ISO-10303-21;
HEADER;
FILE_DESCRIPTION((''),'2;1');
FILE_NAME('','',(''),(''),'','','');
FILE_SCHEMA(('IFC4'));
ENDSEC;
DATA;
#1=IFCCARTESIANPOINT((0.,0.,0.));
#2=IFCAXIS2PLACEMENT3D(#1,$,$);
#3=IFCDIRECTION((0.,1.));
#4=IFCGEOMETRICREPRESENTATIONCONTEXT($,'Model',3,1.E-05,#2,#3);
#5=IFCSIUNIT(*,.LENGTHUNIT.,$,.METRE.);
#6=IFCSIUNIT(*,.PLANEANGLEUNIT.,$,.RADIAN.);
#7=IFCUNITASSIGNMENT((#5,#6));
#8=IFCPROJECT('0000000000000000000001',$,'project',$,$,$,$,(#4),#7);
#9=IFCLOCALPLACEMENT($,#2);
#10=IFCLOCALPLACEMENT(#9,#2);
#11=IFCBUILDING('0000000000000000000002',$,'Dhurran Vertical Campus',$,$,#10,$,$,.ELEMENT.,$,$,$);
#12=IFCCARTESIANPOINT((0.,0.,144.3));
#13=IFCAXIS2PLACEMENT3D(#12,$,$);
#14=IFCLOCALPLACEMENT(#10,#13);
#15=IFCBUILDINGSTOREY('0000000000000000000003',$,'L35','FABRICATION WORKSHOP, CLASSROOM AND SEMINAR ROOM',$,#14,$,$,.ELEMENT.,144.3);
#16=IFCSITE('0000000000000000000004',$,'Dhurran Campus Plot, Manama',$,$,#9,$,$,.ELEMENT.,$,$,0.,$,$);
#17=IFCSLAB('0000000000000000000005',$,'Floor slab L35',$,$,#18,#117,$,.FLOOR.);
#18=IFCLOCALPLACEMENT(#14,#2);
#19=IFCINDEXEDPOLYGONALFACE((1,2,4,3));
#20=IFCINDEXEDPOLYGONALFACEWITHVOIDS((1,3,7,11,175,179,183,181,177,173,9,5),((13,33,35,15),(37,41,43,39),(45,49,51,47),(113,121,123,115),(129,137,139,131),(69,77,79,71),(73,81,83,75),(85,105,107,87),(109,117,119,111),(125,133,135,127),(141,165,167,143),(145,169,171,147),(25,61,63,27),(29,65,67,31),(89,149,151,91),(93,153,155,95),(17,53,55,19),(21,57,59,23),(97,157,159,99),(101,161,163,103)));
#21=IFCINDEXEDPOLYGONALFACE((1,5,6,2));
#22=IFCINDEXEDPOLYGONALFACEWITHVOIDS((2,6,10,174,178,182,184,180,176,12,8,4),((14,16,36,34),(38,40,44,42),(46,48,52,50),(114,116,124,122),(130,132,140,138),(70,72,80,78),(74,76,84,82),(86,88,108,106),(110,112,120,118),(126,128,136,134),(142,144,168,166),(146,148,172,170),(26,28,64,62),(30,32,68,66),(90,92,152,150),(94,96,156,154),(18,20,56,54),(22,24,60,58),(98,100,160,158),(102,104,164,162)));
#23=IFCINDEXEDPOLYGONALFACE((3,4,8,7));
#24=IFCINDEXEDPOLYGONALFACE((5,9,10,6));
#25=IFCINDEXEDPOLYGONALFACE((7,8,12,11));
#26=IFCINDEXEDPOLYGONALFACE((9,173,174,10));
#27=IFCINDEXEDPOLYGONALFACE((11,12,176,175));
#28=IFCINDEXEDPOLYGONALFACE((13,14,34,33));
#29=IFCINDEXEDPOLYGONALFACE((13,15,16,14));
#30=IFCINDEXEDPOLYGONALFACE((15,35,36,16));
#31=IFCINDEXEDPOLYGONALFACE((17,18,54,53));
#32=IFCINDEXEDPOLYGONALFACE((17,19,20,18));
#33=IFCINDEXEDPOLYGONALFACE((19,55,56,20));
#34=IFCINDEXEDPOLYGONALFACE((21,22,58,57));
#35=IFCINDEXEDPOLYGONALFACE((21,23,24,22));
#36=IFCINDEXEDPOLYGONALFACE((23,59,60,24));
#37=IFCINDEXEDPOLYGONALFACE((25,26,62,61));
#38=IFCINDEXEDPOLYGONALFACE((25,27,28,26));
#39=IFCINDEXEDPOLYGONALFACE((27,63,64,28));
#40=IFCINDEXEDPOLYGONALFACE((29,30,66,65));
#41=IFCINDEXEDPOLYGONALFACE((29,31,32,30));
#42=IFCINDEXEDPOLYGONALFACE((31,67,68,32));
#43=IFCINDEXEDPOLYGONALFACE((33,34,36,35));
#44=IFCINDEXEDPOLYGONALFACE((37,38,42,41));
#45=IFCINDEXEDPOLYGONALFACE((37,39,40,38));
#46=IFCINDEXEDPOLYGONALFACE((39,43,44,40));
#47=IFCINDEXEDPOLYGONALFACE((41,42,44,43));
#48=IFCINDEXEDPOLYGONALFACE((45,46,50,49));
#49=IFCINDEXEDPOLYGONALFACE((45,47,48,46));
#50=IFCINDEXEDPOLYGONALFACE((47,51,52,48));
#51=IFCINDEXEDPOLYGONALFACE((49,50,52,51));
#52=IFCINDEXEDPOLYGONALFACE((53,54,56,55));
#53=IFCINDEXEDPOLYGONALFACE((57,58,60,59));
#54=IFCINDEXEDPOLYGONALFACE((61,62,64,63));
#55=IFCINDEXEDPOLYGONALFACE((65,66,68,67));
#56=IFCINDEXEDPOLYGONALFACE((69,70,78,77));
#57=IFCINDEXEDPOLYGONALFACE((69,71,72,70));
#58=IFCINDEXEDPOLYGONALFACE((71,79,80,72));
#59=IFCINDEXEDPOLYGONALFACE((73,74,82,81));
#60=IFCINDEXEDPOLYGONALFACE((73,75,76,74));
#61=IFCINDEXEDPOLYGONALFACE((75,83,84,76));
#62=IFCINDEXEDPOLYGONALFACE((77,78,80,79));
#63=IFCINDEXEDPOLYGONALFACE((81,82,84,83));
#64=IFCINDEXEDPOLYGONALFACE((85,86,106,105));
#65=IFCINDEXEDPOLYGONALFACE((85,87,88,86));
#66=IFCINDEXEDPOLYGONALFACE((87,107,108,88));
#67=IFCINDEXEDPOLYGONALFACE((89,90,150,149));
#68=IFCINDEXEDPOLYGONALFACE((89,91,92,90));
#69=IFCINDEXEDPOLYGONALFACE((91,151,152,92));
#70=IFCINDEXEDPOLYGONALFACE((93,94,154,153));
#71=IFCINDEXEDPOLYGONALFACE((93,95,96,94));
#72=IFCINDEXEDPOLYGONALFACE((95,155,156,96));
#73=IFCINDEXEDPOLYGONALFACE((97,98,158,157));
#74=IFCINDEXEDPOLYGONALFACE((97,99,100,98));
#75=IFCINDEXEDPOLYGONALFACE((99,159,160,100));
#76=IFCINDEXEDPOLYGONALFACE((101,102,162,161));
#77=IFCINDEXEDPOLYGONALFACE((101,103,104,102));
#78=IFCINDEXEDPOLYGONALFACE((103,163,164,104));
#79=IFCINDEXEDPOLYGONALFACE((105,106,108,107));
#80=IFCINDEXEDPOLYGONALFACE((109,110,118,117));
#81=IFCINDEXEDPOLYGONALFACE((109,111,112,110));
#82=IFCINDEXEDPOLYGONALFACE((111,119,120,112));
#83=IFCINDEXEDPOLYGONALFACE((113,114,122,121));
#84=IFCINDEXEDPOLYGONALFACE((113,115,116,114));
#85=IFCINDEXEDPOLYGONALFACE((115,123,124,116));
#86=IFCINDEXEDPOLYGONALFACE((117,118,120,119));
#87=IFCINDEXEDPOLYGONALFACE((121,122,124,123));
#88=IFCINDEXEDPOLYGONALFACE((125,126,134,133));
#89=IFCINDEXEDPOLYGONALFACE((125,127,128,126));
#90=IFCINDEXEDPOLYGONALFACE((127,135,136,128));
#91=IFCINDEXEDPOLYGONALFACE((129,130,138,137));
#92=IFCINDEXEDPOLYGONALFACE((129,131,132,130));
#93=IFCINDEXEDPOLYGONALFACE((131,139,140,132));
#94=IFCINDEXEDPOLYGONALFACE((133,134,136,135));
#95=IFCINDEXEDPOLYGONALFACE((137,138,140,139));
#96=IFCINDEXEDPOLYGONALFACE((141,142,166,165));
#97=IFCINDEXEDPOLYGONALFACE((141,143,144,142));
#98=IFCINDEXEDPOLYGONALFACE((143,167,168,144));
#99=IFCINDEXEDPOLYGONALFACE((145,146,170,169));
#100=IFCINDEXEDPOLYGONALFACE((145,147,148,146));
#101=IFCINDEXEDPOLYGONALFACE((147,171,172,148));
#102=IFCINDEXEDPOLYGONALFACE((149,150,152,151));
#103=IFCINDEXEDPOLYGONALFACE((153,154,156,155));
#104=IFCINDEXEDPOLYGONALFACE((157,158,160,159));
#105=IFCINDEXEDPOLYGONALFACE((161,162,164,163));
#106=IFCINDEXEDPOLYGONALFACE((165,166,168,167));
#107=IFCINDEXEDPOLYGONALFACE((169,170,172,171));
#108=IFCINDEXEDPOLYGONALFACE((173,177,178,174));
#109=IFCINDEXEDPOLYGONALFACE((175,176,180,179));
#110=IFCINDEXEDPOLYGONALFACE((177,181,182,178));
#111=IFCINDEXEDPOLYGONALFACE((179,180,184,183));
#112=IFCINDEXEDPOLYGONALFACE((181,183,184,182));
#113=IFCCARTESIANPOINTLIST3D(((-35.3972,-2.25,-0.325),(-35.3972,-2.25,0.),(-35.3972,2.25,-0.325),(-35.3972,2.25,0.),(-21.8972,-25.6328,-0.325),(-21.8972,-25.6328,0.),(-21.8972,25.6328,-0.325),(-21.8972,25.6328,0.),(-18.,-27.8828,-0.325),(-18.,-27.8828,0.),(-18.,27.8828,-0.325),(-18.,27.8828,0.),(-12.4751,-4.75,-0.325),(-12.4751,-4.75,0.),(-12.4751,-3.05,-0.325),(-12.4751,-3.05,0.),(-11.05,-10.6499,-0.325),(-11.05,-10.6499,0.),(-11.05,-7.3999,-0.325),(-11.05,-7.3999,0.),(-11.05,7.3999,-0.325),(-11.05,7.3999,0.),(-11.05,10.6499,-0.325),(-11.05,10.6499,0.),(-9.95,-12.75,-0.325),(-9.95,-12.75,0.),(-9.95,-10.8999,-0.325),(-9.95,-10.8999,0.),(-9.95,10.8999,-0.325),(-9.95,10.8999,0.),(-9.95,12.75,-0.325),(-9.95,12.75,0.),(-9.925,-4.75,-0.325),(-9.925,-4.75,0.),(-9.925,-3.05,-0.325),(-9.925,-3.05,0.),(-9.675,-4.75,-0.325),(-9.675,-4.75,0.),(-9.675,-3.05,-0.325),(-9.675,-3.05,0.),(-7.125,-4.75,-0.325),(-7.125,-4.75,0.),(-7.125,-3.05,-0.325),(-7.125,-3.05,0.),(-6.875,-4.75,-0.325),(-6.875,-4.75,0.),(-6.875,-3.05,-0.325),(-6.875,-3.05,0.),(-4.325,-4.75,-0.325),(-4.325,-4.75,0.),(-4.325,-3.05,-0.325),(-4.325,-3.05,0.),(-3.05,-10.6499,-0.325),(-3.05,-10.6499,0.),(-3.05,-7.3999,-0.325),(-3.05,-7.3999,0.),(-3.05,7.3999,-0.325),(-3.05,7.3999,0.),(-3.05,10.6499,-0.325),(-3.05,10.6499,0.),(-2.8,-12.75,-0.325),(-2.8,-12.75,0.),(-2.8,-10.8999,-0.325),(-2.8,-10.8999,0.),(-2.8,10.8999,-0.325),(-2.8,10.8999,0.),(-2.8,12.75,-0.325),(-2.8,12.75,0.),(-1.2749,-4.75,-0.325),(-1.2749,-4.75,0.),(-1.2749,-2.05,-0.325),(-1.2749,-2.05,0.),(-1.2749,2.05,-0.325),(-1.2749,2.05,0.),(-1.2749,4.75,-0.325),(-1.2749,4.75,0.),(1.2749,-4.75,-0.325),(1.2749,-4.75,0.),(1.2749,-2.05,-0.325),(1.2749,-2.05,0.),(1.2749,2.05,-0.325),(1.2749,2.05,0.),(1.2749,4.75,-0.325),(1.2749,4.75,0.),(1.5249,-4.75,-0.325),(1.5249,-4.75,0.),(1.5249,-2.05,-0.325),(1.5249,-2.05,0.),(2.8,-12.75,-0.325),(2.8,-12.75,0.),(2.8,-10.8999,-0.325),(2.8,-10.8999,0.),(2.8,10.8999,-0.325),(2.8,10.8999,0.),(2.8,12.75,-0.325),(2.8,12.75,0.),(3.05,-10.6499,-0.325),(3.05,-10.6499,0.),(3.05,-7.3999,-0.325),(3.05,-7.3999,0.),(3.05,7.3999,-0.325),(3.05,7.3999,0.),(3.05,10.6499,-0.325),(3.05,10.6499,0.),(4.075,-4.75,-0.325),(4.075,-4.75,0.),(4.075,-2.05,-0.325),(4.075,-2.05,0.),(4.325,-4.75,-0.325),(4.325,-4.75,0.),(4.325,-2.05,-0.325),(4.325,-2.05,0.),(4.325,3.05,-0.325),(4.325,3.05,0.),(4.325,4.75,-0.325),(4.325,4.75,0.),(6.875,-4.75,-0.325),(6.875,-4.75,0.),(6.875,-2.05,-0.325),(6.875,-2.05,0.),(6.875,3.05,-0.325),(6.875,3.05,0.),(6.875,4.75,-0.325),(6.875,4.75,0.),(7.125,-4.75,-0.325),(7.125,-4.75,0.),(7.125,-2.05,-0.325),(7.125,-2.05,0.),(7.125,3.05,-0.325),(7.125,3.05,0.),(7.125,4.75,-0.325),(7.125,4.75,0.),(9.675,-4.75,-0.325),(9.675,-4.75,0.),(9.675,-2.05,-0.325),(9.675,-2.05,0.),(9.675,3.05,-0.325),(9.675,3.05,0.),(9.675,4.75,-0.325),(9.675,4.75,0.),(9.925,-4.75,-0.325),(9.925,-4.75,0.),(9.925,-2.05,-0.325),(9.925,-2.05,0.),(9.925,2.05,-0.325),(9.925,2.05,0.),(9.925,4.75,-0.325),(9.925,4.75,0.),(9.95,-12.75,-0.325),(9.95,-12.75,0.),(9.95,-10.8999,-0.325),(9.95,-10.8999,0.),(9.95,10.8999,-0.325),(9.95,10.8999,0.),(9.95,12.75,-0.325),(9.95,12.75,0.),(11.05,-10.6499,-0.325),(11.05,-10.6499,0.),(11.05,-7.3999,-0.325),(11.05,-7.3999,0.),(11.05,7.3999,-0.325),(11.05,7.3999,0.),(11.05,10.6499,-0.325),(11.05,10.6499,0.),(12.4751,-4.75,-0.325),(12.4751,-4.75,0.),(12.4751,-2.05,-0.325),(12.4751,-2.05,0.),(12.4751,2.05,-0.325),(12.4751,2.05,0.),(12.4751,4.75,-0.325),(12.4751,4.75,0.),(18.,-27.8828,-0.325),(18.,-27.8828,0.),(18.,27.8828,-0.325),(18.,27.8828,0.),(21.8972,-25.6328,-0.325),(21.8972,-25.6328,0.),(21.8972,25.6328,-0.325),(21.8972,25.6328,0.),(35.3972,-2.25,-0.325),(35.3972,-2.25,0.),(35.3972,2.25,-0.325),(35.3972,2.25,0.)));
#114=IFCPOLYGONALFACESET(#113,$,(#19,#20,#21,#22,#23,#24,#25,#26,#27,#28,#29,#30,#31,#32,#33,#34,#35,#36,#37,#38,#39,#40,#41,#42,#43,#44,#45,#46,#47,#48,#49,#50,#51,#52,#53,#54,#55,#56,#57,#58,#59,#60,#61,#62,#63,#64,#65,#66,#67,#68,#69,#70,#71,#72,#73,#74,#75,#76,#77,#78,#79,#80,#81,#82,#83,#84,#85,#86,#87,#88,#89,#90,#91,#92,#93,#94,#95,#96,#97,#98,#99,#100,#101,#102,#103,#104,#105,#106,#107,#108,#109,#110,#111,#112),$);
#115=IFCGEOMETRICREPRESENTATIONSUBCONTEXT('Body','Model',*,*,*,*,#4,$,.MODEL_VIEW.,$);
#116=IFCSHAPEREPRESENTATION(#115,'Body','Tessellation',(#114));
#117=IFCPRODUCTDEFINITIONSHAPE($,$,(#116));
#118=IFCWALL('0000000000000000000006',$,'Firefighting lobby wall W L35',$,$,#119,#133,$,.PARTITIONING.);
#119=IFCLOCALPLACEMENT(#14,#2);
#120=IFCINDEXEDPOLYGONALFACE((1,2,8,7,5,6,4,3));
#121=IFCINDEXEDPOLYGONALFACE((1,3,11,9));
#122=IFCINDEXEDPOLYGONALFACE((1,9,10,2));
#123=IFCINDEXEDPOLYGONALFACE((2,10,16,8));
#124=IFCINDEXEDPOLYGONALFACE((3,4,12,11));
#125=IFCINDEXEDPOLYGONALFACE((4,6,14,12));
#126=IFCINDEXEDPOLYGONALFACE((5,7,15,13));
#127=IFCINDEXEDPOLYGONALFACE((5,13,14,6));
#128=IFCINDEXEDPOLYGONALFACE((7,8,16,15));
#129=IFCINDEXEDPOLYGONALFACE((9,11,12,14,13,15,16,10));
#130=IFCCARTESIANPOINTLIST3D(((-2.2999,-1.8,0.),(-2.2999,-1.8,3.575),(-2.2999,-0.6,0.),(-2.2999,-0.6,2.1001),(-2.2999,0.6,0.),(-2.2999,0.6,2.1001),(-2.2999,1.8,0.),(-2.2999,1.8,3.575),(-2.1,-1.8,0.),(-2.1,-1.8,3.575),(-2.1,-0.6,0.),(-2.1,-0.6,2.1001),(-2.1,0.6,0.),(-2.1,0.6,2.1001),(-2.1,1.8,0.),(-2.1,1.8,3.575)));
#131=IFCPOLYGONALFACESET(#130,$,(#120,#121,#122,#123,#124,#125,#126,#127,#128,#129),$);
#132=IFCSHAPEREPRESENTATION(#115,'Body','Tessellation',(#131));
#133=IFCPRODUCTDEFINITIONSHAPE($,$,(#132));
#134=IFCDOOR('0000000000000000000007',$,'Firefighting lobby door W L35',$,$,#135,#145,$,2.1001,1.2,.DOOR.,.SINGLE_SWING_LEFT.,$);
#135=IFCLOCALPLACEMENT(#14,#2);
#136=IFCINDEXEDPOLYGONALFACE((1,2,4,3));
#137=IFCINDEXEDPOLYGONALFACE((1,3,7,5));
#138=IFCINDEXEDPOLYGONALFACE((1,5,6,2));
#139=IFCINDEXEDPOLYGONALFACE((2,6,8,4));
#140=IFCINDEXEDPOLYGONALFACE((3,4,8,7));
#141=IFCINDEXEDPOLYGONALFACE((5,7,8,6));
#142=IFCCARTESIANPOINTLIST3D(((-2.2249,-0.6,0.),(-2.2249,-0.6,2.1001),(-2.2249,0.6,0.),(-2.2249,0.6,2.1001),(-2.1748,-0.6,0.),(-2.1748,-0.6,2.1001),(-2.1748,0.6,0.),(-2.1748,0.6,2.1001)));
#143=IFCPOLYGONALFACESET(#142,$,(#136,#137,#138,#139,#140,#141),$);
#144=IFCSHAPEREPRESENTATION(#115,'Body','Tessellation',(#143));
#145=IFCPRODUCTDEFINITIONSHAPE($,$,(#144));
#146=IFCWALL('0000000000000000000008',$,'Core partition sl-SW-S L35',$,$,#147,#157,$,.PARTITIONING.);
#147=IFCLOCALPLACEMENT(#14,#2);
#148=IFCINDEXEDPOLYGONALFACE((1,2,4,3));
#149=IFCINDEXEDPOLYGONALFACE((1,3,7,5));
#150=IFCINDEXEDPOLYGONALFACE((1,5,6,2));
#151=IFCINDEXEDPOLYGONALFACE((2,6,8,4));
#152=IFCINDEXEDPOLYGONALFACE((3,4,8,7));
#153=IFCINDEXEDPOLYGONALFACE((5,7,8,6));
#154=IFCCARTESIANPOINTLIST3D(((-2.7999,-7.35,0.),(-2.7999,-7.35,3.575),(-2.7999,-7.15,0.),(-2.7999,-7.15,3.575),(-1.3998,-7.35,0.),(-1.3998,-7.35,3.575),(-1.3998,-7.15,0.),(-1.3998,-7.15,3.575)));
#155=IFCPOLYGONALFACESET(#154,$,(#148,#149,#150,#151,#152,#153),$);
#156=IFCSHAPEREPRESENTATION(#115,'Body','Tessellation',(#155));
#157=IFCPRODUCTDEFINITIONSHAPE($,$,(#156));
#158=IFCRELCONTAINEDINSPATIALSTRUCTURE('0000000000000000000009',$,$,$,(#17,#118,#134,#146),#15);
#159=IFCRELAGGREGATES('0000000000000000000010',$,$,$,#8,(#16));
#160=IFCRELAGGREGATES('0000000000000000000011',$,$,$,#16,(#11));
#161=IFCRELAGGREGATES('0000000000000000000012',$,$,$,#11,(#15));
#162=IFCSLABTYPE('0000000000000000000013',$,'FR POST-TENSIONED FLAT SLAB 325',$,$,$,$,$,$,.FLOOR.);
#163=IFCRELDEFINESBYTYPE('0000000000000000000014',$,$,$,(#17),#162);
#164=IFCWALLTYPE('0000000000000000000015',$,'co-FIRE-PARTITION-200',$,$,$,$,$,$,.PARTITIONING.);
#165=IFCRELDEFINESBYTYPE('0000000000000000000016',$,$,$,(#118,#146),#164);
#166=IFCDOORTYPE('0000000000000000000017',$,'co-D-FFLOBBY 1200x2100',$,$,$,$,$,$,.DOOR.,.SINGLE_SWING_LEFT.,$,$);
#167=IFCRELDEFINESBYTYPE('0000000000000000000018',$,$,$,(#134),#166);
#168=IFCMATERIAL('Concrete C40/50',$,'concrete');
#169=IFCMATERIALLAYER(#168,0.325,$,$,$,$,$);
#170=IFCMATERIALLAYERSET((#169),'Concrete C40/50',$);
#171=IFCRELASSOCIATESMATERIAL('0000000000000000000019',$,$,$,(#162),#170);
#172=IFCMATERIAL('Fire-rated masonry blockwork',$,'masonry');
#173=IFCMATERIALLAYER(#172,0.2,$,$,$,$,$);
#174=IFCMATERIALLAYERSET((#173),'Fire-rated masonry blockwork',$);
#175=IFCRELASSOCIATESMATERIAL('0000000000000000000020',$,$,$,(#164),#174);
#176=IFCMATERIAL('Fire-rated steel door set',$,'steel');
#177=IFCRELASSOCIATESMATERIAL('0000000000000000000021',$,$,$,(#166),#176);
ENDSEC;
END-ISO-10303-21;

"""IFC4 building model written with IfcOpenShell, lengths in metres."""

from ifc_helpers import new_model, si_unit, direction, frame, frame_2d, origin, place, context, subcontext, project, spatial, polyline, rectangle, outline, extrude, material, layer, layer_set, type_object, element, fill, save


model = new_model("IFC4")

# Units and contexts
model_context = context("Model", 3, precision=1e-05, world=origin(), true_north=direction((0.0, 1.0)))
body_context = subcontext(model_context, "Body", "Model", "MODEL_VIEW")
ifc_project = project(units=[si_unit("LENGTHUNIT", "METRE"), si_unit("PLANEANGLEUNIT", "RADIAN")], contexts=[model_context])

# Site, building, storey
site_placement = place(None, origin())
site = spatial("IfcSite", under=ifc_project, at=site_placement, Name="Dhurran Campus Plot, Manama", CompositionType="ELEMENT", RefElevation=0.0)
building_placement = place(site_placement, origin())
building = spatial("IfcBuilding", under=site, at=building_placement, Name="Dhurran Vertical Campus", CompositionType="ELEMENT")
storey_placement = place(building_placement, frame((0.0, 0.0, 144.3)))
storey = spatial("IfcBuildingStorey", under=building, at=storey_placement, Name="L35", Description="FABRICATION WORKSHOP, CLASSROOM AND SEMINAR ROOM", CompositionType="ELEMENT", Elevation=144.3)

# Slab
ifc_material_1 = material(Name="Concrete C40/50", Category="concrete")
ifc_layer_1 = layer(ifc_material_1, 0.325)
ifc_layer_set_1 = layer_set([ifc_layer_1], Name="Concrete C40/50")
slab_type = type_object("IfcSlabType", Name="FR POST-TENSIONED FLAT SLAB 325", PredefinedType="FLOOR", material=ifc_layer_set_1)
slab_placement = place(storey_placement, frame((0.0, 0.0, -0.325)))
element("IfcSlab", 1, at=slab_placement, inside=storey, type_object=slab_type, Name="Floor slab L35", PredefinedType="FLOOR", context=body_context, shape_type="SweptSolid", body=[
    extrude(outline(polyline([(-18.0, -27.8828), (18.0, -27.8828), (21.8972, -25.6328), (35.3972, -2.25), (35.3972, 2.25), (21.8972, 25.6328), (18.0, 27.8828), (-18.0, 27.8828), (-21.8972, 25.6328), (-35.3972, 2.25), (-35.3972, -2.25), (-21.8972, -25.6328), (-18.0, -27.8828)]), holes=[polyline([(-1.2749, 2.05), (1.2749, 2.05), (1.2749, 4.75), (-1.2749, 4.75), (-1.2749, 2.05)]), polyline([(9.925, 2.05), (12.4751, 2.05), (12.4751, 4.75), (9.925, 4.75), (9.925, 2.05)]), polyline([(-1.2749, -4.75), (1.2749, -4.75), (1.2749, -2.05), (-1.2749, -2.05), (-1.2749, -4.75)]), polyline([(1.5249, -4.75), (4.075, -4.75), (4.075, -2.05), (1.5249, -2.05), (1.5249, -4.75)]), polyline([(4.325, -4.75), (6.875, -4.75), (6.875, -2.05), (4.325, -2.05), (4.325, -4.75)]), polyline([(7.125, -4.75), (9.675, -4.75), (9.675, -2.05), (7.125, -2.05), (7.125, -4.75)]), polyline([(9.925, -4.75), (12.4751, -4.75), (12.4751, -2.05), (9.925, -2.05), (9.925, -4.75)]), polyline([(4.325, 3.05), (6.875, 3.05), (6.875, 4.75), (4.325, 4.75), (4.325, 3.05)]), polyline([(7.125, 3.05), (9.675, 3.05), (9.675, 4.75), (7.125, 4.75), (7.125, 3.05)]), polyline([(-12.4751, -4.75), (-9.925, -4.75), (-9.925, -3.05), (-12.4751, -3.05), (-12.4751, -4.75)]), polyline([(-9.675, -4.75), (-7.125, -4.75), (-7.125, -3.05), (-9.675, -3.05), (-9.675, -4.75)]), polyline([(-6.875, -4.75), (-4.325, -4.75), (-4.325, -3.05), (-6.875, -3.05), (-6.875, -4.75)]), polyline([(-11.05, 7.3999), (-3.05, 7.3999), (-3.05, 10.6499), (-11.05, 10.6499), (-11.05, 7.3999)]), polyline([(3.05, 7.3999), (11.05, 7.3999), (11.05, 10.6499), (3.05, 10.6499), (3.05, 7.3999)]), polyline([(-11.05, -10.6499), (-3.05, -10.6499), (-3.05, -7.3999), (-11.05, -7.3999), (-11.05, -10.6499)]), polyline([(3.05, -10.6499), (11.05, -10.6499), (11.05, -7.3999), (3.05, -7.3999), (3.05, -10.6499)]), polyline([(-9.95, 10.8999), (-9.95, 12.75), (-2.8, 12.75), (-2.8, 10.8999), (-9.95, 10.8999)]), polyline([(9.95, 12.75), (9.95, 10.8999), (2.8, 10.8999), (2.8, 12.75), (9.95, 12.75)]), polyline([(-9.95, -12.75), (-9.95, -10.8999), (-2.8, -10.8999), (-2.8, -12.75), (-9.95, -12.75)]), polyline([(9.95, -10.8999), (9.95, -12.75), (2.8, -12.75), (2.8, -10.8999), (9.95, -10.8999)])]), origin(), (0.0, 0.0, 1.0), 0.325),
])

# Wall, opening, door
ifc_material_2 = material(Name="Fire-rated masonry blockwork", Category="masonry")
ifc_layer_2 = layer(ifc_material_2, 0.2)
ifc_layer_set_2 = layer_set([ifc_layer_2], Name="Fire-rated masonry blockwork")
wall_type_1 = type_object("IfcWallType", Name="co-FIRE-PARTITION-200", PredefinedType="PARTITIONING", material=ifc_layer_set_2)
wall_1_placement = place(storey_placement, frame((-2.2, -1.8, 0.0), z_axis=(0.0, 0.0, 1.0), x_axis=(0.0, 1.0, 0.0)))
wall_1 = element("IfcWall", 2, at=wall_1_placement, inside=storey, type_object=wall_type_1, Name="Firefighting lobby wall W L35", PredefinedType="PARTITIONING", context=body_context, shape_type="SweptSolid", body=[
    extrude(rectangle(XDim=3.6001, YDim=0.2, at=frame_2d((1.8, 0.0))), origin(), (0.0, 0.0, 1.0), 3.575),
])
opening_1_placement = place(wall_1_placement, frame((1.2, 0.0, 0.0)))
opening_1 = element("IfcOpeningElement", 3, at=opening_1_placement, cuts=wall_1, PredefinedType="OPENING", context=body_context, shape_type="SweptSolid", body=[
    extrude(rectangle(XDim=1.2, YDim=2.1001, at=frame_2d((0.6001, 1.05))), frame((0.0, 0.1099, 0.0), z_axis=(0.0, -1.0, 0.0), x_axis=(1.0, 0.0, 0.0)), (0.0, 0.0, 1.0), 0.22),
])
ifc_material_3 = material(Name="Fire-rated steel door set", Category="steel")
door_type_1 = type_object("IfcDoorType", Name="co-D-FFLOBBY 1200x2100", OperationType="SINGLE_SWING_LEFT", PredefinedType="DOOR", material=ifc_material_3)
door_1_placement = place(opening_1_placement, origin())
door_1 = element("IfcDoor", 4, at=door_1_placement, inside=storey, type_object=door_type_1, Name="Firefighting lobby door W L35", OperationType="SINGLE_SWING_LEFT", OverallHeight=2.1001, OverallWidth=1.2, PredefinedType="DOOR", context=body_context, shape_type="SweptSolid", body=[
    extrude(rectangle(XDim=1.2, YDim=2.1001, at=frame_2d((0.6001, 1.05))), frame((0.0, 0.0249, 0.0), z_axis=(0.0, -1.0, 0.0), x_axis=(1.0, 0.0, 0.0)), (0.0, 0.0, 1.0), 0.05),
])
fill(opening_1, door_1)

# Wall
wall_2_placement = place(storey_placement, frame((-2.8, -7.25, 0.0), z_axis=(0.0, 0.0, 1.0), x_axis=(1.0, 0.0, 0.0)))
element("IfcWall", 5, at=wall_2_placement, inside=storey, type_object=wall_type_1, Name="Core partition sl-SW-S L35", PredefinedType="PARTITIONING", context=body_context, shape_type="SweptSolid", body=[
    extrude(rectangle(XDim=1.4001, YDim=0.2, at=frame_2d((0.7002, 0.0))), origin(), (0.0, 0.0, 1.0), 3.575),
])

save(model, "model.ifc")
